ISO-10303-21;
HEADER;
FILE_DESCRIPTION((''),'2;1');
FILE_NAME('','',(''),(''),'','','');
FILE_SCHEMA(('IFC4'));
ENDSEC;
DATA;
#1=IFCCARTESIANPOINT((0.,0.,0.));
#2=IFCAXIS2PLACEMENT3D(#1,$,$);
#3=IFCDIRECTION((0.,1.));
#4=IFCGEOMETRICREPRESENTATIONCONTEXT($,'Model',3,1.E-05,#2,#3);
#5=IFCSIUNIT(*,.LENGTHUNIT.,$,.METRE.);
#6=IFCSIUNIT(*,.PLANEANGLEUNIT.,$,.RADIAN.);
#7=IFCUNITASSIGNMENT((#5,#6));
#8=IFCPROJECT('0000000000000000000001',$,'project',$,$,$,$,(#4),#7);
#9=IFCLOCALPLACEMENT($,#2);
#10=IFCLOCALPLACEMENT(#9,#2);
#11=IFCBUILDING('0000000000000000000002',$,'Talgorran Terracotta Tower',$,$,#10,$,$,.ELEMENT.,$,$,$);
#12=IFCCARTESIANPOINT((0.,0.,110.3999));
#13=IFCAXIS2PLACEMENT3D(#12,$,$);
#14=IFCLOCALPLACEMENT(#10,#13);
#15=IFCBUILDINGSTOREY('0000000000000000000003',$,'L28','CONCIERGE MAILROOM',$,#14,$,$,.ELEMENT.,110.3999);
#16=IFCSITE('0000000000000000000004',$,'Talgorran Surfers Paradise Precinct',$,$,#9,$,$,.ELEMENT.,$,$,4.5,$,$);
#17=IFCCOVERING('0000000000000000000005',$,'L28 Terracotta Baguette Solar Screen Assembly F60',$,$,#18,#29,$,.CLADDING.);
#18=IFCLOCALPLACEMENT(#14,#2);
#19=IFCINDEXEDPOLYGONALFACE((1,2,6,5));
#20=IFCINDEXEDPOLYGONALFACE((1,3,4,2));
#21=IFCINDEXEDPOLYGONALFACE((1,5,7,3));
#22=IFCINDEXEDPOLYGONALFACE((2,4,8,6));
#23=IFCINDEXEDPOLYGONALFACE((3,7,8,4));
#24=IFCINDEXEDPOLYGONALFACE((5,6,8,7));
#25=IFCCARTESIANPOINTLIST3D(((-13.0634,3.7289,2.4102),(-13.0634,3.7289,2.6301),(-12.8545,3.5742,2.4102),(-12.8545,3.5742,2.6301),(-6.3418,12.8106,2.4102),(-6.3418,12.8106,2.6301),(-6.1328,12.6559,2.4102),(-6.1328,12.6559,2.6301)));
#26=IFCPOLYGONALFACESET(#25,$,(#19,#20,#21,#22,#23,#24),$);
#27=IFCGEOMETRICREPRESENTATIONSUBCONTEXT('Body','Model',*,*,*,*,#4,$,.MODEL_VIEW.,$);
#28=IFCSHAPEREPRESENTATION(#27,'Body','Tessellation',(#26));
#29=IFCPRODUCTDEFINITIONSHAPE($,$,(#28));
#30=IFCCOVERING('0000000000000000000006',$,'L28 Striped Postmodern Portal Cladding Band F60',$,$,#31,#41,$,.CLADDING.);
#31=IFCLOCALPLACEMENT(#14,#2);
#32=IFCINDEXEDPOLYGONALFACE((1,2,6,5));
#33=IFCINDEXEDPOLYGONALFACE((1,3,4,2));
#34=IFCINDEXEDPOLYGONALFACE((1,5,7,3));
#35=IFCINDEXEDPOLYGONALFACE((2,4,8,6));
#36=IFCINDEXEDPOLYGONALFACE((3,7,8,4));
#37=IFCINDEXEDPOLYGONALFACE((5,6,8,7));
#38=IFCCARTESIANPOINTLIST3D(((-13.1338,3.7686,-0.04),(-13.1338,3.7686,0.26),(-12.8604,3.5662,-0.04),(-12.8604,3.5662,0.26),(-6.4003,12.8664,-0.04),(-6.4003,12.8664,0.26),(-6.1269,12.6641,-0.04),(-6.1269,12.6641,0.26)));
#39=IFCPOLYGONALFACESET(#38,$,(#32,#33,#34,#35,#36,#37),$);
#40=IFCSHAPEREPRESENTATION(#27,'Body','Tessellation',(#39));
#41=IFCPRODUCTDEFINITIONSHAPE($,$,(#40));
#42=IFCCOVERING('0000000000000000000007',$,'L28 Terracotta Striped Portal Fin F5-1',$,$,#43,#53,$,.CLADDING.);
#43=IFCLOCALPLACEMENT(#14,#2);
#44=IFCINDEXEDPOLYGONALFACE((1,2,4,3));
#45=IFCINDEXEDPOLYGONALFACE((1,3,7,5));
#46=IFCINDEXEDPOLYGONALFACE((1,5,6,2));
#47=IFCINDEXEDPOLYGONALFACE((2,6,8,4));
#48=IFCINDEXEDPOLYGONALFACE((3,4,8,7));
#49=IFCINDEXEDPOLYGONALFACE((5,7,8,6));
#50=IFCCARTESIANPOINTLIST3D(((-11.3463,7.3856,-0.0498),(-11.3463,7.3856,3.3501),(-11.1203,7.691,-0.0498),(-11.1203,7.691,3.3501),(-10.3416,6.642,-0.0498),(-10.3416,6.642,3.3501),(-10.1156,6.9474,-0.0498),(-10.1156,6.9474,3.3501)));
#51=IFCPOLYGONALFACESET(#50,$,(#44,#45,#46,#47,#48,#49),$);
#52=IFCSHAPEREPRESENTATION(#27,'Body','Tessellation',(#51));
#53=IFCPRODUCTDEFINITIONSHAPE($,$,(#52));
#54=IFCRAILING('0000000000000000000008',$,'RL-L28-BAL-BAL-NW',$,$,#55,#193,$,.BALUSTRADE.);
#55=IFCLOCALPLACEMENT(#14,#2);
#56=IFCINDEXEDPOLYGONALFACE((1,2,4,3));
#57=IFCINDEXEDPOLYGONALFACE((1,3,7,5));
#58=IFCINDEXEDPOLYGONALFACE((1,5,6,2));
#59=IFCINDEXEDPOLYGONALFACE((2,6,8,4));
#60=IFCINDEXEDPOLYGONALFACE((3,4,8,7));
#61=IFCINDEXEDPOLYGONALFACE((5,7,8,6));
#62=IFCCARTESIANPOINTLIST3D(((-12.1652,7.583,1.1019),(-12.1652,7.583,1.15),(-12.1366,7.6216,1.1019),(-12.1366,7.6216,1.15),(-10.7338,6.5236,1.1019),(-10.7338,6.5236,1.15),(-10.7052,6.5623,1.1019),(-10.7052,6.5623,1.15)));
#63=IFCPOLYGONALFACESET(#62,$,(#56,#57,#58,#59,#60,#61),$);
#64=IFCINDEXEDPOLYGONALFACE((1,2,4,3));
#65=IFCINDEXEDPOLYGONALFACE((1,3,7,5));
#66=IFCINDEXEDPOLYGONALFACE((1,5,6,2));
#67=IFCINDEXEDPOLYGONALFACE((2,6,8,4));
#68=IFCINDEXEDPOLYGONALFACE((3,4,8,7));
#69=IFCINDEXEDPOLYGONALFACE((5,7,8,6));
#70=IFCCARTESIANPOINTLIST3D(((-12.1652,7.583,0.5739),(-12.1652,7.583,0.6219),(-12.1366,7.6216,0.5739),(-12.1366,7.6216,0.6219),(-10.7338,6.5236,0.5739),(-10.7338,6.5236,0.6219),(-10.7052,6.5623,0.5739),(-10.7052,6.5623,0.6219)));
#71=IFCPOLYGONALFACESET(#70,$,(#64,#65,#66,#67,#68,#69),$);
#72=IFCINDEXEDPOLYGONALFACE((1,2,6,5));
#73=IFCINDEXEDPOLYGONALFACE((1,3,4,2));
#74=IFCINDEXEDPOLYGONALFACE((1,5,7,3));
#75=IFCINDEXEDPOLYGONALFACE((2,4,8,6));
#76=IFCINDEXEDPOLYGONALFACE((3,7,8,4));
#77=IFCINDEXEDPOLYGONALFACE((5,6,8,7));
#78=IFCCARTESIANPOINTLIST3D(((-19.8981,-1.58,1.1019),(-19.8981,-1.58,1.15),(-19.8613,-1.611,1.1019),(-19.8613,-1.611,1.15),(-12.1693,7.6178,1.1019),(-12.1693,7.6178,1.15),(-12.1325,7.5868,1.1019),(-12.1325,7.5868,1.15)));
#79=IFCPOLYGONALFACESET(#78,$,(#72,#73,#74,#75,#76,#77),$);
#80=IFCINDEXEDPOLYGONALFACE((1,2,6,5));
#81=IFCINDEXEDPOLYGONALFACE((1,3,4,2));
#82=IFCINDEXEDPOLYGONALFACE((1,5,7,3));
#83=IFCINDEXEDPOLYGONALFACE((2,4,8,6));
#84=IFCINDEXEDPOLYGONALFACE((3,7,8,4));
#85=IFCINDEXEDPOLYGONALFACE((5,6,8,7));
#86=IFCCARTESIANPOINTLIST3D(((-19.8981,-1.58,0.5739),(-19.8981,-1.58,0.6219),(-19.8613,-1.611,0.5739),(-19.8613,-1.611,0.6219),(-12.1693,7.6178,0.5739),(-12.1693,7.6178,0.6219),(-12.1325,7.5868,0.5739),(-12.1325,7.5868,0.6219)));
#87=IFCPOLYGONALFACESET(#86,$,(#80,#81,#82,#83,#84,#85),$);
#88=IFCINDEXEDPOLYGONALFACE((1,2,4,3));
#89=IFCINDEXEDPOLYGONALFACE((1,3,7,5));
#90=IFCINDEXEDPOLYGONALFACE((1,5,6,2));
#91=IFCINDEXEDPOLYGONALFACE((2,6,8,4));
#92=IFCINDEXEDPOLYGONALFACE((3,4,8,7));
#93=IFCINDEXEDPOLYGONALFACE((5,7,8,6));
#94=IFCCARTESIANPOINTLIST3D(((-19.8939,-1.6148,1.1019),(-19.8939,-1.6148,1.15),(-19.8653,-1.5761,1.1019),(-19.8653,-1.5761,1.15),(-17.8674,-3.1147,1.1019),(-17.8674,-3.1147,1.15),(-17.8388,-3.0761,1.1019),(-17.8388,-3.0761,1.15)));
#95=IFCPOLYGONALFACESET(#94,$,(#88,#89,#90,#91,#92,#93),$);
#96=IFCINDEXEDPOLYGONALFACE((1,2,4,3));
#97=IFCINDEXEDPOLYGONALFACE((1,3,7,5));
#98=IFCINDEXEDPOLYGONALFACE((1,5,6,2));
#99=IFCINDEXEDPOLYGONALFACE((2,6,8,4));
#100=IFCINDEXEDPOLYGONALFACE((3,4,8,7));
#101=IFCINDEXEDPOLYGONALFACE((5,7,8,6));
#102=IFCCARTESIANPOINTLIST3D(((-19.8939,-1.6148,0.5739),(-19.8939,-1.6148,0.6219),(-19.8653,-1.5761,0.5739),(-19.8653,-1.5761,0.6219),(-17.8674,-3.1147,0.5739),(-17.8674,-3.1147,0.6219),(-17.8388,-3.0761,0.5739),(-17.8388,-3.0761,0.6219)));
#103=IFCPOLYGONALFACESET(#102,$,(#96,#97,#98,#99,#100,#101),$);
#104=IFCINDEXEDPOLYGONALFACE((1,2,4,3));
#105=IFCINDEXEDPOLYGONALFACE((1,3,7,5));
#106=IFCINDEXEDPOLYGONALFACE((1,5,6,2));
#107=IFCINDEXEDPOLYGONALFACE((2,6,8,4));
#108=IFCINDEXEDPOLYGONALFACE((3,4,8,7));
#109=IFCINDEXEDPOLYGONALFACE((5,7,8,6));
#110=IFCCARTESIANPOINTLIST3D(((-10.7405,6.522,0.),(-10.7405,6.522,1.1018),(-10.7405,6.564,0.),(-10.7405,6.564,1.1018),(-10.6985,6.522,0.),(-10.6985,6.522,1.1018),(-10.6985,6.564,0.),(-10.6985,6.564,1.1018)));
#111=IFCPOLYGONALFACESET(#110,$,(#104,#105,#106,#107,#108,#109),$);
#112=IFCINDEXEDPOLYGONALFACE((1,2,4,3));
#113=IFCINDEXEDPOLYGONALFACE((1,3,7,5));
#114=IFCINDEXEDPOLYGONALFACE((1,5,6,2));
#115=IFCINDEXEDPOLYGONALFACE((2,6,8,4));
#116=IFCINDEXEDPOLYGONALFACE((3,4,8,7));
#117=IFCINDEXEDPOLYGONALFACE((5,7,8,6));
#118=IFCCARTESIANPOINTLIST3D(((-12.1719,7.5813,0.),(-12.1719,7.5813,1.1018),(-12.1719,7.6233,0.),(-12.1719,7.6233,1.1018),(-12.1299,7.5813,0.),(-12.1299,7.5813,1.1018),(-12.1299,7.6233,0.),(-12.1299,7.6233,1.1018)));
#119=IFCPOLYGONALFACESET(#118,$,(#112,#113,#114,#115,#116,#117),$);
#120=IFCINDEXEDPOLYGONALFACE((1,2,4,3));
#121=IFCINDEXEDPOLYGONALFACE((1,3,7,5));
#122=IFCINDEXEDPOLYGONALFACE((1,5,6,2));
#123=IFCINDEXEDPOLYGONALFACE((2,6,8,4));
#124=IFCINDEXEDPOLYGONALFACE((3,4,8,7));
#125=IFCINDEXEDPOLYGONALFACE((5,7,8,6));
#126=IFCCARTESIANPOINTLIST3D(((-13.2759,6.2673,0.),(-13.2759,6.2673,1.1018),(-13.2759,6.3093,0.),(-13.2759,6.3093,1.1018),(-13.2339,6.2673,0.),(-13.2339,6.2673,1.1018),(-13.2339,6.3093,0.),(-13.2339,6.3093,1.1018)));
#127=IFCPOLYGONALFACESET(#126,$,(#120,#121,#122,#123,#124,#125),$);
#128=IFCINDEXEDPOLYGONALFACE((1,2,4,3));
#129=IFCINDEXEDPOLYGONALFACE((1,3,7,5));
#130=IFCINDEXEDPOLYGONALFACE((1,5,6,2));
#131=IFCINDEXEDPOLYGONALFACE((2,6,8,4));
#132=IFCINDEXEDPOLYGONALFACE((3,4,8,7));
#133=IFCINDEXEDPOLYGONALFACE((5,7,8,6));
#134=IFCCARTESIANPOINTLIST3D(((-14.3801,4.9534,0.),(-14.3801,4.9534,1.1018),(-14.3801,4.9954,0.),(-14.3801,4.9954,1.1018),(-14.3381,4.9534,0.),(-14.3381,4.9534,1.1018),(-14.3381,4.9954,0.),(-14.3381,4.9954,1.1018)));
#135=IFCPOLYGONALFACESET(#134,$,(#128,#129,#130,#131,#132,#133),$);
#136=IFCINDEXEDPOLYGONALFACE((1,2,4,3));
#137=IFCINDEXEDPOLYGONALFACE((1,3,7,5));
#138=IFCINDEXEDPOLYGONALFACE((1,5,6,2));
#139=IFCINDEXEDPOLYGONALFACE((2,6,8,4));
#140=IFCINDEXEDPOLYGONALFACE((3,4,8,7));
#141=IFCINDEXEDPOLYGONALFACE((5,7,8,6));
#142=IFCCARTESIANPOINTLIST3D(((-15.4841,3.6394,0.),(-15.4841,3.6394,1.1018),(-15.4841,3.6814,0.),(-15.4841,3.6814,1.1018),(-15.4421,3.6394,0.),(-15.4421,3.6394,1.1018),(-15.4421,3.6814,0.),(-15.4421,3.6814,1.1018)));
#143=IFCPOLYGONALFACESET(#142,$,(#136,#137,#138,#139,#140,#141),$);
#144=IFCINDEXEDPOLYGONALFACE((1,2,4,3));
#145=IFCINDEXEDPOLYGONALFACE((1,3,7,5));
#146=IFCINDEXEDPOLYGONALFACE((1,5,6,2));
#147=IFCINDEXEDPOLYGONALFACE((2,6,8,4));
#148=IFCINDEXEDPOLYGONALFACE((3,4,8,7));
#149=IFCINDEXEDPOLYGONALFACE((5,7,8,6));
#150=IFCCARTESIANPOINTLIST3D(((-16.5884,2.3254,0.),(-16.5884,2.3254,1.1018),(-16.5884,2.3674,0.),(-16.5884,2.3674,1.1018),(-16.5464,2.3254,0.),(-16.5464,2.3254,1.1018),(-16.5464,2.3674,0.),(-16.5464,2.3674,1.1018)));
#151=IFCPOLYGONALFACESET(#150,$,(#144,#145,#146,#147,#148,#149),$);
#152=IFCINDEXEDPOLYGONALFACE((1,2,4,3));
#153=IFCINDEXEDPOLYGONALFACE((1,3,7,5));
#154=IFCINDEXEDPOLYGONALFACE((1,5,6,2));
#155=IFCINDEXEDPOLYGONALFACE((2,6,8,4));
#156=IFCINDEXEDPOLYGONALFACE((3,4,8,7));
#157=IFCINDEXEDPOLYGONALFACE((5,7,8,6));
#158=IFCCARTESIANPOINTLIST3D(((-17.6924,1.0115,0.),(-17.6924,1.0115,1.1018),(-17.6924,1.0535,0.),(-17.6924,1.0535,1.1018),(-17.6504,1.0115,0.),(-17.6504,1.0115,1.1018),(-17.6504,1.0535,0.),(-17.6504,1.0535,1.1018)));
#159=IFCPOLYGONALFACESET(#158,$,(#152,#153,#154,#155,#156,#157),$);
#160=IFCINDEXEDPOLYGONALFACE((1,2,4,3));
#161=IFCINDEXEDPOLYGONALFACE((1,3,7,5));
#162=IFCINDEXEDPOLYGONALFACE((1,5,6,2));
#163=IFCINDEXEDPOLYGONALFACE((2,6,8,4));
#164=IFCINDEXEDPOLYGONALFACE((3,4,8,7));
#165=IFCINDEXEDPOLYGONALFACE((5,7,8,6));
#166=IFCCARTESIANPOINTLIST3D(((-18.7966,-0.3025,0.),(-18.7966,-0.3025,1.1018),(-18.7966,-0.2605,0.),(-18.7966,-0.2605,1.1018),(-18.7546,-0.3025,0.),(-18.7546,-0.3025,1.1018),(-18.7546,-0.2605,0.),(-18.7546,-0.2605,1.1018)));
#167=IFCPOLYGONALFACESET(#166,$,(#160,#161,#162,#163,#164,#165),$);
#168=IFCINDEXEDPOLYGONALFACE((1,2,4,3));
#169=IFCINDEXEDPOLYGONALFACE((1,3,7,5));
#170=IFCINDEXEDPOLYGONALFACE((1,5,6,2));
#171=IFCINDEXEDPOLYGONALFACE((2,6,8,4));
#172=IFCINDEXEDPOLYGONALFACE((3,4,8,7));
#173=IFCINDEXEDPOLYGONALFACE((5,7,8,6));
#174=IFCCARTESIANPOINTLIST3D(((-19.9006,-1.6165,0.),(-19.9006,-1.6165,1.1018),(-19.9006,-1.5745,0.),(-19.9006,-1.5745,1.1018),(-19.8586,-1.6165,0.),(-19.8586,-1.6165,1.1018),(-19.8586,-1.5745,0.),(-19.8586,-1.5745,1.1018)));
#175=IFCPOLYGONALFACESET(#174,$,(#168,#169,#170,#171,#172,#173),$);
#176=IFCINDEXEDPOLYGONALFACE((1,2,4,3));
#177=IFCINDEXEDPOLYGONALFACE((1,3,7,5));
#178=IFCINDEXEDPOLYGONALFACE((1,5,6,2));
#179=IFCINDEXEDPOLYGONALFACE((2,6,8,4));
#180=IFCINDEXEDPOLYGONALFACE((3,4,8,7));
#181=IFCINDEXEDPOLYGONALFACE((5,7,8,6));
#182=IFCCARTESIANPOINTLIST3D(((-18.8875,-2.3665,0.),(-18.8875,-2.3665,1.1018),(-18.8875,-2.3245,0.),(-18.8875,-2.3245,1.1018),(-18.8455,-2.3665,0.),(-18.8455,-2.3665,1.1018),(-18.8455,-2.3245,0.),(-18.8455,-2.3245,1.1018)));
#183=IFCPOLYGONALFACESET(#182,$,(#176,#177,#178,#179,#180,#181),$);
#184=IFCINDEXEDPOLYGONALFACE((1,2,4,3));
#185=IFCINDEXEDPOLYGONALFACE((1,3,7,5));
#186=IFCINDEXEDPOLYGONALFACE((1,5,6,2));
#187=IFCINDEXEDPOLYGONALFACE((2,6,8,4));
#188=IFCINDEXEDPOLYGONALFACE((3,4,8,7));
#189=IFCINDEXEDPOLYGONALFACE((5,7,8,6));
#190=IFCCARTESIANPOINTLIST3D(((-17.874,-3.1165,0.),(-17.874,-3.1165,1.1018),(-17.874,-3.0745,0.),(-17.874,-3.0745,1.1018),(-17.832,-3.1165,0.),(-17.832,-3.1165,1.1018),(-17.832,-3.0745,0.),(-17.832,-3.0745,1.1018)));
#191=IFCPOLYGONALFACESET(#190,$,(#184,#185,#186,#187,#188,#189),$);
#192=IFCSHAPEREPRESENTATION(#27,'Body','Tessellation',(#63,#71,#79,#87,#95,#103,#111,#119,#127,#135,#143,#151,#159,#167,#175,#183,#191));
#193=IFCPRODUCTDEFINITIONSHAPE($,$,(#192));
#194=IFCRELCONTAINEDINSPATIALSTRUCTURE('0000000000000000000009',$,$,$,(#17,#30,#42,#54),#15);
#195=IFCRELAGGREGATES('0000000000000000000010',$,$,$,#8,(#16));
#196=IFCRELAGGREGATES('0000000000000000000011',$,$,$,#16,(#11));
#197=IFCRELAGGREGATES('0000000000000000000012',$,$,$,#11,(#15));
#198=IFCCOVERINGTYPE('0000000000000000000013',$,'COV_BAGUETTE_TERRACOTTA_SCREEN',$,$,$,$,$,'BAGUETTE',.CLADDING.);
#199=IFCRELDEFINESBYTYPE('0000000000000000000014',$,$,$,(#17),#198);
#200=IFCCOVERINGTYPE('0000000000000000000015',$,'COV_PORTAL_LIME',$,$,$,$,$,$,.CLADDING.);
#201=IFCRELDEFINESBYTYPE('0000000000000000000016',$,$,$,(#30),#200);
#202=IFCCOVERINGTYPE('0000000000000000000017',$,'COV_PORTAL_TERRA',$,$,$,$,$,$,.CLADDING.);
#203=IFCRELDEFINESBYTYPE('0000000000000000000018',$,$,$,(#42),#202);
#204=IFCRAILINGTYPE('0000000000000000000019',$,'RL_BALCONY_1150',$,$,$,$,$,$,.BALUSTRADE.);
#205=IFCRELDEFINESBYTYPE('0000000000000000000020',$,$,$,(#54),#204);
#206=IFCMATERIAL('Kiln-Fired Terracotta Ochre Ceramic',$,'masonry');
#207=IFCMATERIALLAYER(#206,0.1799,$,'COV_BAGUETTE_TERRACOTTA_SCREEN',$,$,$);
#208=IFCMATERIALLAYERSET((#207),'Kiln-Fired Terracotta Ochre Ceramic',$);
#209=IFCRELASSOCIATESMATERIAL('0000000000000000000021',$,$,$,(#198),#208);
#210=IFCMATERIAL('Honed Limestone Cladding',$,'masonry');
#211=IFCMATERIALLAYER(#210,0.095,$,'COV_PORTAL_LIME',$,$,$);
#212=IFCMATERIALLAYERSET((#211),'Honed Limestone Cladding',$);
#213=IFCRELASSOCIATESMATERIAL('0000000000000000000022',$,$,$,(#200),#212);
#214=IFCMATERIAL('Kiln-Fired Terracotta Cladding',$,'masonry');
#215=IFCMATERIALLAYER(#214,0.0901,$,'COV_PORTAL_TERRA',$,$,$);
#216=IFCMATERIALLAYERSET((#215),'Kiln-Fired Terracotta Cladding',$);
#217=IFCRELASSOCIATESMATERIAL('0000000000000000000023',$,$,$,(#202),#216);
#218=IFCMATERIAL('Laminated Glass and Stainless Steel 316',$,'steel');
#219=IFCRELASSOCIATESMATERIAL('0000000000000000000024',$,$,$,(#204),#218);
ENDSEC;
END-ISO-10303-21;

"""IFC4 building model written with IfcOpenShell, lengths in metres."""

from ifc_helpers import new_model, si_unit, direction, frame, origin, origin_2d, place, context, subcontext, project, spatial, rectangle, extrude, material, layer, layer_set, type_object, element, save


model = new_model("IFC4")

# Units and contexts
model_context = context("Model", 3, precision=1e-05, world=origin(), true_north=direction((0.0, 1.0)))
body_context = subcontext(model_context, "Body", "Model", "MODEL_VIEW")
ifc_project = project(units=[si_unit("LENGTHUNIT", "METRE"), si_unit("PLANEANGLEUNIT", "RADIAN")], contexts=[model_context])

# Site, building, storey
site_placement = place(None, origin())
site = spatial("IfcSite", under=ifc_project, at=site_placement, Name="Talgorran Surfers Paradise Precinct", CompositionType="ELEMENT", RefElevation=4.5)
building_placement = place(site_placement, origin())
building = spatial("IfcBuilding", under=site, at=building_placement, Name="Talgorran Terracotta Tower", CompositionType="ELEMENT")
storey_placement = place(building_placement, frame((0.0, 0.0, 110.3999)))
storey = spatial("IfcBuildingStorey", under=building, at=storey_placement, Name="L28", Description="CONCIERGE MAILROOM", CompositionType="ELEMENT", Elevation=110.3999)

# Coverings
ifc_material_1 = material(Name="Kiln-Fired Terracotta Ochre Ceramic", Category="masonry")
ifc_layer_1 = layer(ifc_material_1, 0.1799, Name="COV_BAGUETTE_TERRACOTTA_SCREEN")
ifc_layer_set_1 = layer_set([ifc_layer_1], Name="Kiln-Fired Terracotta Ochre Ceramic")
covering_type_1 = type_object("IfcCoveringType", Name="COV_BAGUETTE_TERRACOTTA_SCREEN", ElementType="BAGUETTE", PredefinedType="CLADDING", material=ifc_layer_set_1)
covering_1_placement = place(storey_placement, frame((-9.5981, 8.1924, 2.4102), z_axis=(0.0, 0.0, 1.0), x_axis=(-0.594907, -0.803795, 0.0)))
element("IfcCovering", 1, at=covering_1_placement, inside=storey, type_object=covering_type_1, Name="L28 Terracotta Baguette Solar Screen Assembly F60", PredefinedType="CLADDING", context=body_context, shape_type="SweptSolid", body=[
    extrude(rectangle(XDim=11.2986, YDim=0.26, at=origin_2d()), origin(), (0.0, 0.0, 1.0), 0.22),
])
ifc_material_2 = material(Name="Honed Limestone Cladding", Category="masonry")
ifc_layer_2 = layer(ifc_material_2, 0.095, Name="COV_PORTAL_LIME")
ifc_layer_set_2 = layer_set([ifc_layer_2], Name="Honed Limestone Cladding")
covering_type_2 = type_object("IfcCoveringType", Name="COV_PORTAL_LIME", PredefinedType="CLADDING", material=ifc_layer_set_2)
covering_2_placement = place(storey_placement, frame((-9.6304, 8.2163, -0.04), z_axis=(0.0, 0.0, 1.0), x_axis=(-0.594907, -0.803795, 0.0)))
element("IfcCovering", 2, at=covering_2_placement, inside=storey, type_object=covering_type_2, Name="L28 Striped Postmodern Portal Cladding Band F60", PredefinedType="CLADDING", context=body_context, shape_type="SweptSolid", body=[
    extrude(rectangle(XDim=11.3186, YDim=0.3401, at=origin_2d()), origin(), (0.0, 0.0, 1.0), 0.3),
])
ifc_material_3 = material(Name="Kiln-Fired Terracotta Cladding", Category="masonry")
ifc_layer_3 = layer(ifc_material_3, 0.0901, Name="COV_PORTAL_TERRA")
ifc_layer_set_3 = layer_set([ifc_layer_3], Name="Kiln-Fired Terracotta Cladding")
covering_type_3 = type_object("IfcCoveringType", Name="COV_PORTAL_TERRA", PredefinedType="CLADDING", material=ifc_layer_set_3)
covering_3_placement = place(storey_placement, frame((-10.731, 7.1665, -0.0498), z_axis=(0.0, 0.0, 1.0), x_axis=(-0.594907, -0.803795, 0.0)))
element("IfcCovering", 3, at=covering_3_placement, inside=storey, type_object=covering_type_3, Name="L28 Terracotta Striped Portal Fin F5-1", PredefinedType="CLADDING", context=body_context, shape_type="SweptSolid", body=[
    extrude(rectangle(XDim=0.3799, YDim=1.25, at=origin_2d()), origin(), (0.0, 0.0, 1.0), 3.3999),
])

# Railing
ifc_material_4 = material(Name="Laminated Glass and Stainless Steel 316", Category="steel")
railing_type = type_object("IfcRailingType", Name="RL_BALCONY_1150", PredefinedType="BALUSTRADE", material=ifc_material_4)
railing_placement = place(storey_placement, frame((-10.7195, 6.543, 0.0)))
element("IfcRailing", 4, at=railing_placement, inside=storey, type_object=railing_type, Name="RL-L28-BAL-BAL-NW", PredefinedType="BALUSTRADE", context=body_context, shape_type="SweptSolid", body=[
    extrude(rectangle(XDim=0.0481, YDim=0.0481, at=origin_2d()), frame((0.0, 0.0, 1.126), z_axis=(-0.803817, 0.594877, 0.0), x_axis=(-0.594877, -0.803817, 0.0)), (0.0, 0.0, 1.0), 1.7808),
    extrude(rectangle(XDim=0.0481, YDim=0.0481, at=origin_2d()), frame((0.0, 0.0, 0.5979), z_axis=(-0.803817, 0.594877, 0.0), x_axis=(-0.594877, -0.803817, 0.0)), (0.0, 0.0, 1.0), 1.7808),
    extrude(rectangle(XDim=0.0481, YDim=0.0481, at=origin_2d()), frame((-1.4314, 1.0593, 1.126), z_axis=(-0.643321, -0.765596, 0.0), x_axis=(0.765596, -0.643321, 0.0)), (0.0, 0.0, 1.0), 12.0139),
    extrude(rectangle(XDim=0.0481, YDim=0.0481, at=origin_2d()), frame((-1.4314, 1.0593, 0.5979), z_axis=(-0.643321, -0.765596, 0.0), x_axis=(0.765596, -0.643321, 0.0)), (0.0, 0.0, 1.0), 12.0139),
    extrude(rectangle(XDim=0.0481, YDim=0.0481, at=origin_2d()), frame((-9.1602, -8.1384, 1.126), z_axis=(0.803784, -0.594922, 0.0), x_axis=(0.594922, 0.803784, 0.0)), (0.0, 0.0, 1.0), 2.5212),
    extrude(rectangle(XDim=0.0481, YDim=0.0481, at=origin_2d()), frame((-9.1602, -8.1384, 0.5979), z_axis=(0.803784, -0.594922, 0.0), x_axis=(0.594922, 0.803784, 0.0)), (0.0, 0.0, 1.0), 2.5212),
    extrude(rectangle(XDim=0.042, YDim=0.042, at=origin_2d()), origin(), (0.0, 0.0, 1.0), 1.1018),
    extrude(rectangle(XDim=0.042, YDim=0.042, at=origin_2d()), frame((-1.4314, 1.0593, 0.0)), (0.0, 0.0, 1.0), 1.1018),
    extrude(rectangle(XDim=0.042, YDim=0.042, at=origin_2d()), frame((-2.5354, -0.2546, 0.0)), (0.0, 0.0, 1.0), 1.1018),
    extrude(rectangle(XDim=0.042, YDim=0.042, at=origin_2d()), frame((-3.6396, -1.5686, 0.0)), (0.0, 0.0, 1.0), 1.1018),
    extrude(rectangle(XDim=0.042, YDim=0.042, at=origin_2d()), frame((-4.7437, -2.8826, 0.0)), (0.0, 0.0, 1.0), 1.1018),
    extrude(rectangle(XDim=0.042, YDim=0.042, at=origin_2d()), frame((-5.8479, -4.1965, 0.0)), (0.0, 0.0, 1.0), 1.1018),
    extrude(rectangle(XDim=0.042, YDim=0.042, at=origin_2d()), frame((-6.9519, -5.5105, 0.0)), (0.0, 0.0, 1.0), 1.1018),
    extrude(rectangle(XDim=0.042, YDim=0.042, at=origin_2d()), frame((-8.0562, -6.8245, 0.0)), (0.0, 0.0, 1.0), 1.1018),
    extrude(rectangle(XDim=0.042, YDim=0.042, at=origin_2d()), frame((-9.1602, -8.1384, 0.0)), (0.0, 0.0, 1.0), 1.1018),
    extrude(rectangle(XDim=0.042, YDim=0.042, at=origin_2d()), frame((-8.147, -8.8884, 0.0)), (0.0, 0.0, 1.0), 1.1018),
    extrude(rectangle(XDim=0.042, YDim=0.042, at=origin_2d()), frame((-7.1335, -9.6384, 0.0)), (0.0, 0.0, 1.0), 1.1018),
])

save(model, "model.ifc")
